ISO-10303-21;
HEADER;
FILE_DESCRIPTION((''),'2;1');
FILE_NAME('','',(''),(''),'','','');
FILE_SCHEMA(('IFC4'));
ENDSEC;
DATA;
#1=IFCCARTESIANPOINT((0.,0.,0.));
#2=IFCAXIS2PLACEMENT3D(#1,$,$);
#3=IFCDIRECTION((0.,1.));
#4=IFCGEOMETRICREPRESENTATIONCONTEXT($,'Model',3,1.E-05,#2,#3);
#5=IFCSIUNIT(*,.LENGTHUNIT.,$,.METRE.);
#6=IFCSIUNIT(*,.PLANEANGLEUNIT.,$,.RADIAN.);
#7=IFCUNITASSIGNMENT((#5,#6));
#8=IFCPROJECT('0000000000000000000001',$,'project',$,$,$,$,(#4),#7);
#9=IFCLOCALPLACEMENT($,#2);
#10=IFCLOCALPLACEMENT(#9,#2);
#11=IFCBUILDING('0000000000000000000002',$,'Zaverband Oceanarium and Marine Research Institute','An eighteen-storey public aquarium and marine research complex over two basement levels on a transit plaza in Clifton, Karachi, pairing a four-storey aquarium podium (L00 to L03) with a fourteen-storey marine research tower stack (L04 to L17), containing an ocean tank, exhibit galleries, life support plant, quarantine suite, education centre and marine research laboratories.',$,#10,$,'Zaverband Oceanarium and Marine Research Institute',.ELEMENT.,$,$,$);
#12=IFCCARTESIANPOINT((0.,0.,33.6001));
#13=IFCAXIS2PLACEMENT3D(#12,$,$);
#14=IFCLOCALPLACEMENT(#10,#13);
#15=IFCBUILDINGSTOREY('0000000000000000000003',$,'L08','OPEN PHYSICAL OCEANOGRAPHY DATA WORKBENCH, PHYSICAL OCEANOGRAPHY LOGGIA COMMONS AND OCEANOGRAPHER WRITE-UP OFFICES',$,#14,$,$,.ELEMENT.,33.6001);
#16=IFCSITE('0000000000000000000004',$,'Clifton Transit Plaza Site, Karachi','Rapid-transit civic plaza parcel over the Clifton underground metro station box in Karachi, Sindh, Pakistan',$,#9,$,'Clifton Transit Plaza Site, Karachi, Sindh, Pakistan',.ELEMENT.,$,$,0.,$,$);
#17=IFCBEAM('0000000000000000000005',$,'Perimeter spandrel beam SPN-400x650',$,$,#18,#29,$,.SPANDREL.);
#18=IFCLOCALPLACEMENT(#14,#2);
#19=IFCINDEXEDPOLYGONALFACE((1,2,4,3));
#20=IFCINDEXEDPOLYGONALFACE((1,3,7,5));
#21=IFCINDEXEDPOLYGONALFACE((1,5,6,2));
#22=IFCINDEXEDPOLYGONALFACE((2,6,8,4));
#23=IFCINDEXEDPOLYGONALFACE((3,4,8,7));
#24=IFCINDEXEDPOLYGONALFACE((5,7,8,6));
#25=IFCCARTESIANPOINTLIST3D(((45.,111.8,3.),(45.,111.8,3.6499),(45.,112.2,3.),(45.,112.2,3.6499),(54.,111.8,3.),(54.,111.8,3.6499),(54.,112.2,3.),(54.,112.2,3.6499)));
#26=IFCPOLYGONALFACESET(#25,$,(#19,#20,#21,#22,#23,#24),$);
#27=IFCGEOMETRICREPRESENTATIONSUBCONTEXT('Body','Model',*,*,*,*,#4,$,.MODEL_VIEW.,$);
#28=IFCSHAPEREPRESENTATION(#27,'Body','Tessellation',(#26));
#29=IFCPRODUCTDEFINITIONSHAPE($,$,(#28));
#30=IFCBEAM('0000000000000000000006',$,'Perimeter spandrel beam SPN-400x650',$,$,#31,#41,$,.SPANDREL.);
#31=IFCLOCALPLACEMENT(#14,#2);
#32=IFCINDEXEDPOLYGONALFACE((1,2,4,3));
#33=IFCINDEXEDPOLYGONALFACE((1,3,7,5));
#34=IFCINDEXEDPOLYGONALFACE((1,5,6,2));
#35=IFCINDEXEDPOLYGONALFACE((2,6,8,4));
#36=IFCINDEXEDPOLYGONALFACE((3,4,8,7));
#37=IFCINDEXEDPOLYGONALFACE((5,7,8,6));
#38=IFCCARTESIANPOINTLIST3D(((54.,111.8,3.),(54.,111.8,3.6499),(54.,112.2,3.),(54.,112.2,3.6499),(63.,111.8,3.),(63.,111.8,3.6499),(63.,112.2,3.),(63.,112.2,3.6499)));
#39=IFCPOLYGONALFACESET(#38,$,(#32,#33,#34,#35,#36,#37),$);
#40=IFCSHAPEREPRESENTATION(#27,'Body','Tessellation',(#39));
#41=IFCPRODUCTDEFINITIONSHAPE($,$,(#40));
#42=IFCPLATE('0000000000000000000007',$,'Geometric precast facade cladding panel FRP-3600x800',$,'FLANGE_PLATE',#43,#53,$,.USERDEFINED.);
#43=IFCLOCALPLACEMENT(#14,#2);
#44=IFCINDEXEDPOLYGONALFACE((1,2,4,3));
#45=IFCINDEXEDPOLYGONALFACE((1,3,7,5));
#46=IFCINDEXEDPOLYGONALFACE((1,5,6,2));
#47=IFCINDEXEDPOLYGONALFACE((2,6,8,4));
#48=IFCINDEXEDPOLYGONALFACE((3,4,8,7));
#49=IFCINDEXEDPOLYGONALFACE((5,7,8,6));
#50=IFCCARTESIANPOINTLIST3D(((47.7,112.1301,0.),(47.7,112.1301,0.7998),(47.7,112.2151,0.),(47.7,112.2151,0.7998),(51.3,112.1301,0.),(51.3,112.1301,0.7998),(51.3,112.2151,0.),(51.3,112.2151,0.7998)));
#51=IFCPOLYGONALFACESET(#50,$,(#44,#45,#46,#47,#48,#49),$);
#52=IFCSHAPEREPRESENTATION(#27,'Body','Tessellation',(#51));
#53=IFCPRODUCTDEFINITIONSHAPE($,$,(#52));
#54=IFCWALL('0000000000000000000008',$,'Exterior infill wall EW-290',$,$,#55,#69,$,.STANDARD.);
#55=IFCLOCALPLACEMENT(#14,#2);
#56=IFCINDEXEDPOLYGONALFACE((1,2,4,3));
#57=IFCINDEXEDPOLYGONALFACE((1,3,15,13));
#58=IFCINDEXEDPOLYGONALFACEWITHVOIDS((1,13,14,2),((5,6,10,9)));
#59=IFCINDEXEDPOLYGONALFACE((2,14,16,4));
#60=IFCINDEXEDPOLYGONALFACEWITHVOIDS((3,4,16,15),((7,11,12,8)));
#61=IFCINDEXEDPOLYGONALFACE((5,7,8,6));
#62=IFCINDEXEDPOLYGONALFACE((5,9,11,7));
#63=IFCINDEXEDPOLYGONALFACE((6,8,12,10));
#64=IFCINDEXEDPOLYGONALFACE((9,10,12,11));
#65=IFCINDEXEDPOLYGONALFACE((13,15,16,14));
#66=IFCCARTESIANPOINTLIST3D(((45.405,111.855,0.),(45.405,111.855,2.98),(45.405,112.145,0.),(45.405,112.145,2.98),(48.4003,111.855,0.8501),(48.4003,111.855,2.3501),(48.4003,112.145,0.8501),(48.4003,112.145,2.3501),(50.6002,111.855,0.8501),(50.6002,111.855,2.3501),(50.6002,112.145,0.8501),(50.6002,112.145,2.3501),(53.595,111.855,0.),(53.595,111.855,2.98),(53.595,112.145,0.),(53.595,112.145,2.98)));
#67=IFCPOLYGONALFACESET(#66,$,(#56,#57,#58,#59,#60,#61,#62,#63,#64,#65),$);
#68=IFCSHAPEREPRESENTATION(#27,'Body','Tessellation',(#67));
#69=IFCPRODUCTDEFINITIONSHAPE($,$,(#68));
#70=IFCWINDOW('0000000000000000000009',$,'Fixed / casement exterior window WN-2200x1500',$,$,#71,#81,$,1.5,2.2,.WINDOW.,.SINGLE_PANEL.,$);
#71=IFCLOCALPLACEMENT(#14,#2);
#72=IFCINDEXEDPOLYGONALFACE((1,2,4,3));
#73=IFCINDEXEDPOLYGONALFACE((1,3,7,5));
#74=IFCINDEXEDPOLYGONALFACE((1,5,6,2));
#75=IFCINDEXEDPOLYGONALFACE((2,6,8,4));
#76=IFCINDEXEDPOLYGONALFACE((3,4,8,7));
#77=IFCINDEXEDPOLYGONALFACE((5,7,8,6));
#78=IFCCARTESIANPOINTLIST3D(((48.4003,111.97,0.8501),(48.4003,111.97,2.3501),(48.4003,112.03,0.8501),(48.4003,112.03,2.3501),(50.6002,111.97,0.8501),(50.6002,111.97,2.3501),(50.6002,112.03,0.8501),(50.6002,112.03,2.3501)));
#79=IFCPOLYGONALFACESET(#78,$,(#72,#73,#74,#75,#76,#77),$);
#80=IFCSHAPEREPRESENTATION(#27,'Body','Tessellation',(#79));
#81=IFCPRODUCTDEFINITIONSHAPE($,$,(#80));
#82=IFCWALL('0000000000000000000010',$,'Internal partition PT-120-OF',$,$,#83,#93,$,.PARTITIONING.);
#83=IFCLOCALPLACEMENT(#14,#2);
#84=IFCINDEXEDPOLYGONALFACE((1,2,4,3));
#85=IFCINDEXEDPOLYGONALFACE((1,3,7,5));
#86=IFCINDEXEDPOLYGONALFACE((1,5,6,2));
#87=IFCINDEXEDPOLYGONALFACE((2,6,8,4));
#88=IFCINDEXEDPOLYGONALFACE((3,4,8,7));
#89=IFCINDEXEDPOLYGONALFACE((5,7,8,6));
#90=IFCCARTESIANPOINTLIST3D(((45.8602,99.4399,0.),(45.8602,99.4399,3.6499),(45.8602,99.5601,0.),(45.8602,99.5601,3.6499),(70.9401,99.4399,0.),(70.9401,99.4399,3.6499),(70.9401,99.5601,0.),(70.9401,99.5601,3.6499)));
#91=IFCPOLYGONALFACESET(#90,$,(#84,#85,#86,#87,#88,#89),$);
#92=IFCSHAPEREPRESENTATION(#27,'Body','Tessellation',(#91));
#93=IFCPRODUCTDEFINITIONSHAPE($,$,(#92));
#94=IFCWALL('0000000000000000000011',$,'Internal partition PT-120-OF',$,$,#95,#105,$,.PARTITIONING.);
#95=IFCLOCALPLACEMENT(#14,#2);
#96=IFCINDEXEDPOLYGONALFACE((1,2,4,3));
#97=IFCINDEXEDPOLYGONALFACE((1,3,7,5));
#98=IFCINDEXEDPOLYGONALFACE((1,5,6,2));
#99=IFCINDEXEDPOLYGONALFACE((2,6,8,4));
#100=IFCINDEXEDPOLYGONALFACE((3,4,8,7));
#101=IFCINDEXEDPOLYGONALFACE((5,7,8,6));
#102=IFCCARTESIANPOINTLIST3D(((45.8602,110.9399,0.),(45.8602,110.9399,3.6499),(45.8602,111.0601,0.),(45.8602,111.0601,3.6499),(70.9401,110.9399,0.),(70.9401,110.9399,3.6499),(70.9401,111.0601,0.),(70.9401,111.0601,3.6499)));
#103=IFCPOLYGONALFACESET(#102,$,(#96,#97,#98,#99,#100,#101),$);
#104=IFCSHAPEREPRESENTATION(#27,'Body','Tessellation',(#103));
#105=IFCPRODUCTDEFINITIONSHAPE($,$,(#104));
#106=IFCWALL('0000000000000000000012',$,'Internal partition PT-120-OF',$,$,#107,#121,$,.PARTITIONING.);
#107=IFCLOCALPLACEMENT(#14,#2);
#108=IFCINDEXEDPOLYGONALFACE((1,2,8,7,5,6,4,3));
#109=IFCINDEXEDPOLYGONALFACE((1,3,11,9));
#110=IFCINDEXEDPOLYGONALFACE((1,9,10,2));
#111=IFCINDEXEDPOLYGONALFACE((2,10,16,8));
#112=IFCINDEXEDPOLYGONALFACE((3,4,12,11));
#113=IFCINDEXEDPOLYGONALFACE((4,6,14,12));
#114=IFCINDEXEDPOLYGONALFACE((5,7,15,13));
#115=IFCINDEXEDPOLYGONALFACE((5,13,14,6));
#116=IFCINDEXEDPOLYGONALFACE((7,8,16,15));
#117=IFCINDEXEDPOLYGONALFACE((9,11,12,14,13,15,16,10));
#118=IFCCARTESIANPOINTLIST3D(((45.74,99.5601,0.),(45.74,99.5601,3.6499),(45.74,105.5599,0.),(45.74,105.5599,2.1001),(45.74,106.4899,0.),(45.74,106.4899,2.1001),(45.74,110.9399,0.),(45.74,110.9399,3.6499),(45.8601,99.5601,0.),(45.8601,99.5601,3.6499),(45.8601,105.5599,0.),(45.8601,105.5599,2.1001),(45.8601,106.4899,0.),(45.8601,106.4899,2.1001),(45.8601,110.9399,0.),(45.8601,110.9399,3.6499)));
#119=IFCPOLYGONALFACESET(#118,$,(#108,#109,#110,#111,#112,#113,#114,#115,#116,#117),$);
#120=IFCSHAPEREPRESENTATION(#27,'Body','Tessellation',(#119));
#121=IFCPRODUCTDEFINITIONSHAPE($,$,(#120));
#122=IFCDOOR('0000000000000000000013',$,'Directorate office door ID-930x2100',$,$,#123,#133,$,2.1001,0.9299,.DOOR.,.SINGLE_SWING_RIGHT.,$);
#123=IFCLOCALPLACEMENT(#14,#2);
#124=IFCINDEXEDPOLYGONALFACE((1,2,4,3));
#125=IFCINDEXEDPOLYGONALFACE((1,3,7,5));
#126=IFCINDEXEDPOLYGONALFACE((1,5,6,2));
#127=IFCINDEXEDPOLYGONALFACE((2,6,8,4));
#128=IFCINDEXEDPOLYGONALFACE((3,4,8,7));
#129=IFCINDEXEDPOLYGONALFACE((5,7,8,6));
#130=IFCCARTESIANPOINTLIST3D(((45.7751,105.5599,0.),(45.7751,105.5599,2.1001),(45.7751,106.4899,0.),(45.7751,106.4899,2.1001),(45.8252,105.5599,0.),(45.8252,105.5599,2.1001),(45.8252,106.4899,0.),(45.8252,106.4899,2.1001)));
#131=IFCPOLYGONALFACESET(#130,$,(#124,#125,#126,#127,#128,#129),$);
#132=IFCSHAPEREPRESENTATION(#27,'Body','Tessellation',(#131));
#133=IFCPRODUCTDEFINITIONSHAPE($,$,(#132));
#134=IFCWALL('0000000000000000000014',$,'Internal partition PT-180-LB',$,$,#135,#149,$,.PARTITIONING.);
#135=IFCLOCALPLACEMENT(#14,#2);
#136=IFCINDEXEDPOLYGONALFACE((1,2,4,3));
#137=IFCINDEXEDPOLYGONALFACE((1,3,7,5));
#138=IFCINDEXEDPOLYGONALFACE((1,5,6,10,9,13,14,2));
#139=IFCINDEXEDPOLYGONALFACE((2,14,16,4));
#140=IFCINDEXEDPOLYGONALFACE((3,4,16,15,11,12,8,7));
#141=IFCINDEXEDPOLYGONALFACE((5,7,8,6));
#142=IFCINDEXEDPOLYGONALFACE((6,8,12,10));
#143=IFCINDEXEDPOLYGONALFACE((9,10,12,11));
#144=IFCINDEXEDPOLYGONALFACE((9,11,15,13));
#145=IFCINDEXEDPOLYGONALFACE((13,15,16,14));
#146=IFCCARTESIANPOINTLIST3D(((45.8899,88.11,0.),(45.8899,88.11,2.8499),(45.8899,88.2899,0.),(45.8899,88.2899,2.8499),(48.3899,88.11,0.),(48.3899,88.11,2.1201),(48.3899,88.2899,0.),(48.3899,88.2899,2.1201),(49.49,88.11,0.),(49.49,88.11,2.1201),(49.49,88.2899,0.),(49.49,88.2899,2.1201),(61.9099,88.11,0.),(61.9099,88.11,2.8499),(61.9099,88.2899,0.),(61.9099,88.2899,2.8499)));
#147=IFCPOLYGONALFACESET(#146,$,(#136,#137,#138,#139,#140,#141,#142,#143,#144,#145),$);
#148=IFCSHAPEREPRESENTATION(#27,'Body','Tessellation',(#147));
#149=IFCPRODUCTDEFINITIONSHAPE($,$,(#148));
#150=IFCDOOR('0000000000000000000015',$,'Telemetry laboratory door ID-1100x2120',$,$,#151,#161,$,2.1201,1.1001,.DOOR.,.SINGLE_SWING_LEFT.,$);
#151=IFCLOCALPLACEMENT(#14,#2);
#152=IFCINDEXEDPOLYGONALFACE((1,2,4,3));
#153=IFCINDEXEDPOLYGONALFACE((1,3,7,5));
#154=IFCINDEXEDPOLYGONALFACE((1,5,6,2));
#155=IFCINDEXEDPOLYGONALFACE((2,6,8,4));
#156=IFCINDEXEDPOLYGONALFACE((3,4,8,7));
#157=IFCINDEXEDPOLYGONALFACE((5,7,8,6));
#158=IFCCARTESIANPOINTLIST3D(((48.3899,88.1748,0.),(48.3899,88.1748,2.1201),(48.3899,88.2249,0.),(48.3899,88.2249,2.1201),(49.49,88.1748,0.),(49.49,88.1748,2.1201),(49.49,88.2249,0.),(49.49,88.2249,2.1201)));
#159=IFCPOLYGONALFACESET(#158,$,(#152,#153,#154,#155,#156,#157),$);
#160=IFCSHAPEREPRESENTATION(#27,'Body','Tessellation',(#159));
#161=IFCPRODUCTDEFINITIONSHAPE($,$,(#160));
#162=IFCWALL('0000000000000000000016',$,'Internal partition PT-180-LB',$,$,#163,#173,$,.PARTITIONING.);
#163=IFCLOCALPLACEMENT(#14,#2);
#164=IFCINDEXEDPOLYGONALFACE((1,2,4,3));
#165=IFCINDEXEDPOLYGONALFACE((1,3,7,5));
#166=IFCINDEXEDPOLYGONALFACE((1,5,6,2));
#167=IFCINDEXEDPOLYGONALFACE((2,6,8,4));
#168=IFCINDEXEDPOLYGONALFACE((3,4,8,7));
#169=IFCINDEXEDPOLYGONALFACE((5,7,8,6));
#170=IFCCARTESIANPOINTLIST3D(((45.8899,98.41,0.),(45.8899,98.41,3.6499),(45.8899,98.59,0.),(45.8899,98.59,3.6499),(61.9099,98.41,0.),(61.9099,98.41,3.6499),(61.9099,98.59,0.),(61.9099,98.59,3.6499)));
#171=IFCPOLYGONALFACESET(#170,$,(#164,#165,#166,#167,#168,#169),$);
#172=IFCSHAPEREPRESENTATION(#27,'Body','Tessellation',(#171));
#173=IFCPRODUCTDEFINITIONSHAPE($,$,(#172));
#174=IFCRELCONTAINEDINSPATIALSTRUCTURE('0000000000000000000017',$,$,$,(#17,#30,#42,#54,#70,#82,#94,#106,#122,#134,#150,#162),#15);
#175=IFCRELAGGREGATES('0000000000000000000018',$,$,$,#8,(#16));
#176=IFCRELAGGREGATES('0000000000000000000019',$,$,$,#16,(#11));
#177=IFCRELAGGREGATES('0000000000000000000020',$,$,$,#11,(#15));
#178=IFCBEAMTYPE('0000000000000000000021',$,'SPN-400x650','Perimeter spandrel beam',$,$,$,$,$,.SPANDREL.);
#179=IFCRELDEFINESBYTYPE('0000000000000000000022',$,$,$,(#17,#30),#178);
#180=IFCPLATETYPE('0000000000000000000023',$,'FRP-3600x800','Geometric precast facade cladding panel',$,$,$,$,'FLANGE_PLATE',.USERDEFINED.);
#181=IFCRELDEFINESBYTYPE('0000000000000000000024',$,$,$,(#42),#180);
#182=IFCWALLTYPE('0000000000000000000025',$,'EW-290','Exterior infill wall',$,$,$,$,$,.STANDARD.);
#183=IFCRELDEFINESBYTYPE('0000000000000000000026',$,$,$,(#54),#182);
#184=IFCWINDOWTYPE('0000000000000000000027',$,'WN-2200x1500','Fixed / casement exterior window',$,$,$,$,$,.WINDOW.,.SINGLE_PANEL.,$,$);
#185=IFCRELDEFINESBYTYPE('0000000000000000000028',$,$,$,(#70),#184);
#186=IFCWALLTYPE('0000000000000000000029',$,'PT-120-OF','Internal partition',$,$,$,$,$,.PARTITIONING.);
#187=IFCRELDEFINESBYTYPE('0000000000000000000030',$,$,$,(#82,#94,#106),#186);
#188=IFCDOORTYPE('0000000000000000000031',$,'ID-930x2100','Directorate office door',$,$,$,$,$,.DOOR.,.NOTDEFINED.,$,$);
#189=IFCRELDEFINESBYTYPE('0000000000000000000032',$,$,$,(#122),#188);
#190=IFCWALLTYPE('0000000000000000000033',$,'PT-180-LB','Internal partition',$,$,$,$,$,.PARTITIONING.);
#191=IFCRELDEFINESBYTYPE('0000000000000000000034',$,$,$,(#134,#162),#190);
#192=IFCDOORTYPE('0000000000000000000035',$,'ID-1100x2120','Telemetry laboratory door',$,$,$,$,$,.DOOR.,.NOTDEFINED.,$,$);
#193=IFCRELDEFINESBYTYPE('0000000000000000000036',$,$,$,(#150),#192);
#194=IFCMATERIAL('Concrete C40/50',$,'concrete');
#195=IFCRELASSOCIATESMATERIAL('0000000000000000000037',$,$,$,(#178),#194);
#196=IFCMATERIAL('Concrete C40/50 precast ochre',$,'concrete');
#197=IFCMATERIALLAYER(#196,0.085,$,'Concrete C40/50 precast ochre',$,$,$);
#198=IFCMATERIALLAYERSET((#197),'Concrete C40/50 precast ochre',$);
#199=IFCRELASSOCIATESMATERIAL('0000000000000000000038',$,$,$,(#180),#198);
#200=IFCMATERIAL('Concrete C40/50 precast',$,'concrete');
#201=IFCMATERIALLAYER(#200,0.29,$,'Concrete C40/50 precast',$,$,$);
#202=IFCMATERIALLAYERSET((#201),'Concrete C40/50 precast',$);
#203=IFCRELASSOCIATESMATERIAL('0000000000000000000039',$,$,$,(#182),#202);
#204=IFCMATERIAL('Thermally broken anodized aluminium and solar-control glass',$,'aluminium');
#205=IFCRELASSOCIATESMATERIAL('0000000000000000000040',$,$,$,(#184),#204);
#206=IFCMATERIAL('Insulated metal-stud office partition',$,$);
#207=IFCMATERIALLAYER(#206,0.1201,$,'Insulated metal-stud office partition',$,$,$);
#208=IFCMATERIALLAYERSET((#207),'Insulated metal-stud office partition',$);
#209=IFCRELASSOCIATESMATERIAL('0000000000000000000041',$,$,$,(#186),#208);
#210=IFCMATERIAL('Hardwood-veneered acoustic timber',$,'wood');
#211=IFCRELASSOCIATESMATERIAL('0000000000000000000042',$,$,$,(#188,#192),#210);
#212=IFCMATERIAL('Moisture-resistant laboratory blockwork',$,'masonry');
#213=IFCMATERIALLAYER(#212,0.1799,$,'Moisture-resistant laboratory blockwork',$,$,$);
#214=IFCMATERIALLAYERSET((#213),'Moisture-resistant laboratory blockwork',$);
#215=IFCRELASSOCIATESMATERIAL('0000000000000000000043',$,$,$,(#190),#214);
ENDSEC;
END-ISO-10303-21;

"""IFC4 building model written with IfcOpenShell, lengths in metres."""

from ifc_helpers import new_model, si_unit, direction, frame, frame_2d, origin, origin_2d, place, context, subcontext, project, spatial, rectangle, extrude, material, layer, layer_set, material_profile, profile_set, type_object, element, fill, save


model = new_model("IFC4")

# Units and contexts
model_context = context("Model", 3, precision=1e-05, world=origin(), true_north=direction((0.0, 1.0)))
body_context = subcontext(model_context, "Body", "Model", "MODEL_VIEW")
ifc_project = project(units=[si_unit("LENGTHUNIT", "METRE"), si_unit("PLANEANGLEUNIT", "RADIAN")], contexts=[model_context])

# Site, building, storey
site_placement = place(None, origin())
site = spatial("IfcSite", under=ifc_project, at=site_placement, Name="Clifton Transit Plaza Site, Karachi", Description="Rapid-transit civic plaza parcel over the Clifton underground metro station box in Karachi, Sindh, Pakistan", LongName="Clifton Transit Plaza Site, Karachi, Sindh, Pakistan", CompositionType="ELEMENT", RefElevation=0.0)
building_placement = place(site_placement, origin())
building = spatial("IfcBuilding", under=site, at=building_placement, Name="Zaverband Oceanarium and Marine Research Institute", Description="An eighteen-storey public aquarium and marine research complex over two basement levels on a transit plaza in Clifton, Karachi, pairing a four-storey aquarium podium (L00 to L03) with a fourteen-storey marine research tower stack (L04 to L17), containing an ocean tank, exhibit galleries, life support plant, quarantine suite, education centre and marine research laboratories.", LongName="Zaverband Oceanarium and Marine Research Institute", CompositionType="ELEMENT")
storey_placement = place(building_placement, frame((0.0, 0.0, 33.6001)))
storey = spatial("IfcBuildingStorey", under=building, at=storey_placement, Name="L08", Description="OPEN PHYSICAL OCEANOGRAPHY DATA WORKBENCH, PHYSICAL OCEANOGRAPHY LOGGIA COMMONS AND OCEANOGRAPHER WRITE-UP OFFICES", CompositionType="ELEMENT", Elevation=33.6001)

# Shared definitions
ifc_material_1 = material(Name="Concrete C40/50", Category="concrete")

# Beams
ifc_material_profile_1 = material_profile(ifc_material_1, rectangle(XDim=0.3999, YDim=0.6499, at=origin_2d()), Name="RC400x650")
ifc_profile_set_1 = profile_set([ifc_material_profile_1], Name="Concrete C40/50")
beam_type_1 = type_object("IfcBeamType", Name="SPN-400x650", Description="Perimeter spandrel beam", PredefinedType="SPANDREL", material=ifc_profile_set_1)
for number, where, z_axis, x_axis, name in (
    (1, (45.0, 112.0, 3.325), (1.0, 0.0, 0.0), (0.0, 1.0, 0.0), "Perimeter spandrel beam SPN-400x650"),
    (2, (54.0, 112.0, 3.325), (1.0, 0.0, 0.0), (0.0, 1.0, 0.0), "Perimeter spandrel beam SPN-400x650"),
):
    element("IfcBeam", number, at=place(storey_placement, frame(where, z_axis=z_axis, x_axis=x_axis)), inside=storey, type_object=beam_type_1, Name=name, PredefinedType="SPANDREL", context=body_context, shape_type="SweptSolid", body=[
        extrude(rectangle(XDim=0.3999, YDim=0.6499, at=origin_2d()), origin(), (0.0, 0.0, 1.0), 9.0),
    ])

# Plate
ifc_material_2 = material(Name="Concrete C40/50 precast ochre", Category="concrete")
ifc_layer_1 = layer(ifc_material_2, 0.085, Name="Concrete C40/50 precast ochre")
ifc_layer_set_1 = layer_set([ifc_layer_1], Name="Concrete C40/50 precast ochre")
plate_type = type_object("IfcPlateType", Name="FRP-3600x800", Description="Geometric precast facade cladding panel", ElementType="FLANGE_PLATE", PredefinedType="USERDEFINED", material=ifc_layer_set_1)
plate_placement = place(storey_placement, frame((47.7, 112.1726, 0.0), z_axis=(0.0, 0.0, 1.0), x_axis=(1.0, 0.0, 0.0)))
element("IfcPlate", 3, at=plate_placement, inside=storey, type_object=plate_type, Name="Geometric precast facade cladding panel FRP-3600x800", ObjectType="FLANGE_PLATE", PredefinedType="USERDEFINED", context=body_context, shape_type="SweptSolid", body=[
    extrude(rectangle(XDim=3.6001, YDim=0.085, at=frame_2d((1.8, 0.0))), origin(), (0.0, 0.0, 1.0), 0.7998),
])

# Wall, opening, window
ifc_material_3 = material(Name="Concrete C40/50 precast", Category="concrete")
ifc_layer_2 = layer(ifc_material_3, 0.29, Name="Concrete C40/50 precast")
ifc_layer_set_2 = layer_set([ifc_layer_2], Name="Concrete C40/50 precast")
wall_type_1 = type_object("IfcWallType", Name="EW-290", Description="Exterior infill wall", PredefinedType="STANDARD", material=ifc_layer_set_2)
wall_1_placement = place(storey_placement, frame((45.405, 112.0, 0.0), z_axis=(0.0, 0.0, 1.0), x_axis=(1.0, 0.0, 0.0)))
wall_1 = element("IfcWall", 4, at=wall_1_placement, inside=storey, type_object=wall_type_1, Name="Exterior infill wall EW-290", PredefinedType="STANDARD", context=body_context, shape_type="SweptSolid", body=[
    extrude(rectangle(XDim=8.1899, YDim=0.29, at=frame_2d((4.095, 0.0))), origin(), (0.0, 0.0, 1.0), 2.98),
])
opening_1_placement = place(wall_1_placement, frame((2.9951, 0.0, 0.8501)))
opening_1 = element("IfcOpeningElement", 5, at=opening_1_placement, cuts=wall_1, PredefinedType="OPENING", context=body_context, shape_type="SweptSolid", body=[
    extrude(rectangle(XDim=2.2, YDim=1.5, at=frame_2d((1.1001, 0.75))), frame((0.0, 0.157, 0.0), z_axis=(0.0, -1.0, 0.0), x_axis=(1.0, 0.0, 0.0)), (0.0, 0.0, 1.0), 0.314),
])
ifc_material_4 = material(Name="Thermally broken anodized aluminium and solar-control glass", Category="aluminium")
window_type = type_object("IfcWindowType", Name="WN-2200x1500", Description="Fixed / casement exterior window", PartitioningType="SINGLE_PANEL", PredefinedType="WINDOW", material=ifc_material_4)
window_placement = place(opening_1_placement, origin())
window = element("IfcWindow", 6, at=window_placement, inside=storey, type_object=window_type, Name="Fixed / casement exterior window WN-2200x1500", OverallHeight=1.5, OverallWidth=2.2, PartitioningType="SINGLE_PANEL", PredefinedType="WINDOW", context=body_context, shape_type="SweptSolid", body=[
    extrude(rectangle(XDim=2.2, YDim=1.5, at=frame_2d((1.1001, 0.75))), frame((0.0, 0.03, 0.0), z_axis=(0.0, -1.0, 0.0), x_axis=(1.0, 0.0, 0.0)), (0.0, 0.0, 1.0), 0.0601),
])
fill(opening_1, window)

# Walls
ifc_material_5 = material(Name="Insulated metal-stud office partition")
ifc_layer_3 = layer(ifc_material_5, 0.1201, Name="Insulated metal-stud office partition")
ifc_layer_set_3 = layer_set([ifc_layer_3], Name="Insulated metal-stud office partition")
wall_type_2 = type_object("IfcWallType", Name="PT-120-OF", Description="Internal partition", PredefinedType="PARTITIONING", material=ifc_layer_set_3)
for number, where, z_axis, x_axis, name in (
    (7, (45.8601, 99.5, 0.0), (0.0, 0.0, 1.0), (1.0, 0.0, 0.0), "Internal partition PT-120-OF"),
    (8, (45.8601, 111.0, 0.0), (0.0, 0.0, 1.0), (1.0, 0.0, 0.0), "Internal partition PT-120-OF"),
):
    element("IfcWall", number, at=place(storey_placement, frame(where, z_axis=z_axis, x_axis=x_axis)), inside=storey, type_object=wall_type_2, Name=name, PredefinedType="PARTITIONING", context=body_context, shape_type="SweptSolid", body=[
        extrude(rectangle(XDim=25.0798, YDim=0.1201, at=frame_2d((12.54, 0.0))), origin(), (0.0, 0.0, 1.0), 3.6499),
    ])

# Walls, openings, doors
wall_2_placement = place(storey_placement, frame((45.8, 99.5601, 0.0), z_axis=(0.0, 0.0, 1.0), x_axis=(0.0, 1.0, 0.0)))
wall_2 = element("IfcWall", 9, at=wall_2_placement, inside=storey, type_object=wall_type_2, Name="Internal partition PT-120-OF", PredefinedType="PARTITIONING", context=body_context, shape_type="SweptSolid", body=[
    extrude(rectangle(XDim=11.3799, YDim=0.1201, at=frame_2d((5.6899, 0.0))), origin(), (0.0, 0.0, 1.0), 3.6499),
])
opening_2_placement = place(wall_2_placement, frame((6.0, 0.0, 0.0)))
opening_2 = element("IfcOpeningElement", 10, at=opening_2_placement, cuts=wall_2, PredefinedType="OPENING", context=body_context, shape_type="SweptSolid", body=[
    extrude(rectangle(XDim=0.9299, YDim=2.1001, at=frame_2d((0.4648, 1.05))), frame((0.0, 0.072, 0.0), z_axis=(0.0, -1.0, 0.0), x_axis=(1.0, 0.0, 0.0)), (0.0, 0.0, 1.0), 0.144),
])
ifc_material_6 = material(Name="Hardwood-veneered acoustic timber", Category="wood")
door_type_1 = type_object("IfcDoorType", Name="ID-930x2100", Description="Directorate office door", OperationType="NOTDEFINED", PredefinedType="DOOR", material=ifc_material_6)
door_1_placement = place(opening_2_placement, origin())
door_1 = element("IfcDoor", 11, at=door_1_placement, inside=storey, type_object=door_type_1, Name="Directorate office door ID-930x2100", OperationType="SINGLE_SWING_RIGHT", OverallHeight=2.1001, OverallWidth=0.9299, PredefinedType="DOOR", context=body_context, shape_type="SweptSolid", body=[
    extrude(rectangle(XDim=0.9299, YDim=2.1001, at=frame_2d((0.4648, 1.05))), frame((0.0, 0.0249, 0.0), z_axis=(0.0, -1.0, 0.0), x_axis=(1.0, 0.0, 0.0)), (0.0, 0.0, 1.0), 0.05),
])
fill(opening_2, door_1)
ifc_material_7 = material(Name="Moisture-resistant laboratory blockwork", Category="masonry")
ifc_layer_4 = layer(ifc_material_7, 0.1799, Name="Moisture-resistant laboratory blockwork")
ifc_layer_set_4 = layer_set([ifc_layer_4], Name="Moisture-resistant laboratory blockwork")
wall_type_3 = type_object("IfcWallType", Name="PT-180-LB", Description="Internal partition", PredefinedType="PARTITIONING", material=ifc_layer_set_4)
wall_3_placement = place(storey_placement, frame((45.8899, 88.2, 0.0), z_axis=(0.0, 0.0, 1.0), x_axis=(1.0, 0.0, 0.0)))
wall_3 = element("IfcWall", 12, at=wall_3_placement, inside=storey, type_object=wall_type_3, Name="Internal partition PT-180-LB", PredefinedType="PARTITIONING", context=body_context, shape_type="SweptSolid", body=[
    extrude(rectangle(XDim=16.02, YDim=0.1799, at=frame_2d((8.01, 0.0))), origin(), (0.0, 0.0, 1.0), 2.8499),
])
opening_3_placement = place(wall_3_placement, frame((2.5, 0.0, 0.0)))
opening_3 = element("IfcOpeningElement", 13, at=opening_3_placement, cuts=wall_3, PredefinedType="OPENING", context=body_context, shape_type="SweptSolid", body=[
    extrude(rectangle(XDim=1.1001, YDim=2.1201, at=frame_2d((0.55, 1.0601))), frame((0.0, 0.1021, 0.0), z_axis=(0.0, -1.0, 0.0), x_axis=(1.0, 0.0, 0.0)), (0.0, 0.0, 1.0), 0.2039),
])
door_type_2 = type_object("IfcDoorType", Name="ID-1100x2120", Description="Telemetry laboratory door", OperationType="NOTDEFINED", PredefinedType="DOOR", material=ifc_material_6)
door_2_placement = place(opening_3_placement, origin())
door_2 = element("IfcDoor", 14, at=door_2_placement, inside=storey, type_object=door_type_2, Name="Telemetry laboratory door ID-1100x2120", OperationType="SINGLE_SWING_LEFT", OverallHeight=2.1201, OverallWidth=1.1001, PredefinedType="DOOR", context=body_context, shape_type="SweptSolid", body=[
    extrude(rectangle(XDim=1.1001, YDim=2.1201, at=frame_2d((0.55, 1.0601))), frame((0.0, 0.0249, 0.0), z_axis=(0.0, -1.0, 0.0), x_axis=(1.0, 0.0, 0.0)), (0.0, 0.0, 1.0), 0.05),
])
fill(opening_3, door_2)

# Wall
wall_4_placement = place(storey_placement, frame((45.8899, 98.5, 0.0), z_axis=(0.0, 0.0, 1.0), x_axis=(1.0, 0.0, 0.0)))
element("IfcWall", 15, at=wall_4_placement, inside=storey, type_object=wall_type_3, Name="Internal partition PT-180-LB", PredefinedType="PARTITIONING", context=body_context, shape_type="SweptSolid", body=[
    extrude(rectangle(XDim=16.02, YDim=0.1799, at=frame_2d((8.01, 0.0))), origin(), (0.0, 0.0, 1.0), 3.6499),
])

save(model, "model.ifc")
